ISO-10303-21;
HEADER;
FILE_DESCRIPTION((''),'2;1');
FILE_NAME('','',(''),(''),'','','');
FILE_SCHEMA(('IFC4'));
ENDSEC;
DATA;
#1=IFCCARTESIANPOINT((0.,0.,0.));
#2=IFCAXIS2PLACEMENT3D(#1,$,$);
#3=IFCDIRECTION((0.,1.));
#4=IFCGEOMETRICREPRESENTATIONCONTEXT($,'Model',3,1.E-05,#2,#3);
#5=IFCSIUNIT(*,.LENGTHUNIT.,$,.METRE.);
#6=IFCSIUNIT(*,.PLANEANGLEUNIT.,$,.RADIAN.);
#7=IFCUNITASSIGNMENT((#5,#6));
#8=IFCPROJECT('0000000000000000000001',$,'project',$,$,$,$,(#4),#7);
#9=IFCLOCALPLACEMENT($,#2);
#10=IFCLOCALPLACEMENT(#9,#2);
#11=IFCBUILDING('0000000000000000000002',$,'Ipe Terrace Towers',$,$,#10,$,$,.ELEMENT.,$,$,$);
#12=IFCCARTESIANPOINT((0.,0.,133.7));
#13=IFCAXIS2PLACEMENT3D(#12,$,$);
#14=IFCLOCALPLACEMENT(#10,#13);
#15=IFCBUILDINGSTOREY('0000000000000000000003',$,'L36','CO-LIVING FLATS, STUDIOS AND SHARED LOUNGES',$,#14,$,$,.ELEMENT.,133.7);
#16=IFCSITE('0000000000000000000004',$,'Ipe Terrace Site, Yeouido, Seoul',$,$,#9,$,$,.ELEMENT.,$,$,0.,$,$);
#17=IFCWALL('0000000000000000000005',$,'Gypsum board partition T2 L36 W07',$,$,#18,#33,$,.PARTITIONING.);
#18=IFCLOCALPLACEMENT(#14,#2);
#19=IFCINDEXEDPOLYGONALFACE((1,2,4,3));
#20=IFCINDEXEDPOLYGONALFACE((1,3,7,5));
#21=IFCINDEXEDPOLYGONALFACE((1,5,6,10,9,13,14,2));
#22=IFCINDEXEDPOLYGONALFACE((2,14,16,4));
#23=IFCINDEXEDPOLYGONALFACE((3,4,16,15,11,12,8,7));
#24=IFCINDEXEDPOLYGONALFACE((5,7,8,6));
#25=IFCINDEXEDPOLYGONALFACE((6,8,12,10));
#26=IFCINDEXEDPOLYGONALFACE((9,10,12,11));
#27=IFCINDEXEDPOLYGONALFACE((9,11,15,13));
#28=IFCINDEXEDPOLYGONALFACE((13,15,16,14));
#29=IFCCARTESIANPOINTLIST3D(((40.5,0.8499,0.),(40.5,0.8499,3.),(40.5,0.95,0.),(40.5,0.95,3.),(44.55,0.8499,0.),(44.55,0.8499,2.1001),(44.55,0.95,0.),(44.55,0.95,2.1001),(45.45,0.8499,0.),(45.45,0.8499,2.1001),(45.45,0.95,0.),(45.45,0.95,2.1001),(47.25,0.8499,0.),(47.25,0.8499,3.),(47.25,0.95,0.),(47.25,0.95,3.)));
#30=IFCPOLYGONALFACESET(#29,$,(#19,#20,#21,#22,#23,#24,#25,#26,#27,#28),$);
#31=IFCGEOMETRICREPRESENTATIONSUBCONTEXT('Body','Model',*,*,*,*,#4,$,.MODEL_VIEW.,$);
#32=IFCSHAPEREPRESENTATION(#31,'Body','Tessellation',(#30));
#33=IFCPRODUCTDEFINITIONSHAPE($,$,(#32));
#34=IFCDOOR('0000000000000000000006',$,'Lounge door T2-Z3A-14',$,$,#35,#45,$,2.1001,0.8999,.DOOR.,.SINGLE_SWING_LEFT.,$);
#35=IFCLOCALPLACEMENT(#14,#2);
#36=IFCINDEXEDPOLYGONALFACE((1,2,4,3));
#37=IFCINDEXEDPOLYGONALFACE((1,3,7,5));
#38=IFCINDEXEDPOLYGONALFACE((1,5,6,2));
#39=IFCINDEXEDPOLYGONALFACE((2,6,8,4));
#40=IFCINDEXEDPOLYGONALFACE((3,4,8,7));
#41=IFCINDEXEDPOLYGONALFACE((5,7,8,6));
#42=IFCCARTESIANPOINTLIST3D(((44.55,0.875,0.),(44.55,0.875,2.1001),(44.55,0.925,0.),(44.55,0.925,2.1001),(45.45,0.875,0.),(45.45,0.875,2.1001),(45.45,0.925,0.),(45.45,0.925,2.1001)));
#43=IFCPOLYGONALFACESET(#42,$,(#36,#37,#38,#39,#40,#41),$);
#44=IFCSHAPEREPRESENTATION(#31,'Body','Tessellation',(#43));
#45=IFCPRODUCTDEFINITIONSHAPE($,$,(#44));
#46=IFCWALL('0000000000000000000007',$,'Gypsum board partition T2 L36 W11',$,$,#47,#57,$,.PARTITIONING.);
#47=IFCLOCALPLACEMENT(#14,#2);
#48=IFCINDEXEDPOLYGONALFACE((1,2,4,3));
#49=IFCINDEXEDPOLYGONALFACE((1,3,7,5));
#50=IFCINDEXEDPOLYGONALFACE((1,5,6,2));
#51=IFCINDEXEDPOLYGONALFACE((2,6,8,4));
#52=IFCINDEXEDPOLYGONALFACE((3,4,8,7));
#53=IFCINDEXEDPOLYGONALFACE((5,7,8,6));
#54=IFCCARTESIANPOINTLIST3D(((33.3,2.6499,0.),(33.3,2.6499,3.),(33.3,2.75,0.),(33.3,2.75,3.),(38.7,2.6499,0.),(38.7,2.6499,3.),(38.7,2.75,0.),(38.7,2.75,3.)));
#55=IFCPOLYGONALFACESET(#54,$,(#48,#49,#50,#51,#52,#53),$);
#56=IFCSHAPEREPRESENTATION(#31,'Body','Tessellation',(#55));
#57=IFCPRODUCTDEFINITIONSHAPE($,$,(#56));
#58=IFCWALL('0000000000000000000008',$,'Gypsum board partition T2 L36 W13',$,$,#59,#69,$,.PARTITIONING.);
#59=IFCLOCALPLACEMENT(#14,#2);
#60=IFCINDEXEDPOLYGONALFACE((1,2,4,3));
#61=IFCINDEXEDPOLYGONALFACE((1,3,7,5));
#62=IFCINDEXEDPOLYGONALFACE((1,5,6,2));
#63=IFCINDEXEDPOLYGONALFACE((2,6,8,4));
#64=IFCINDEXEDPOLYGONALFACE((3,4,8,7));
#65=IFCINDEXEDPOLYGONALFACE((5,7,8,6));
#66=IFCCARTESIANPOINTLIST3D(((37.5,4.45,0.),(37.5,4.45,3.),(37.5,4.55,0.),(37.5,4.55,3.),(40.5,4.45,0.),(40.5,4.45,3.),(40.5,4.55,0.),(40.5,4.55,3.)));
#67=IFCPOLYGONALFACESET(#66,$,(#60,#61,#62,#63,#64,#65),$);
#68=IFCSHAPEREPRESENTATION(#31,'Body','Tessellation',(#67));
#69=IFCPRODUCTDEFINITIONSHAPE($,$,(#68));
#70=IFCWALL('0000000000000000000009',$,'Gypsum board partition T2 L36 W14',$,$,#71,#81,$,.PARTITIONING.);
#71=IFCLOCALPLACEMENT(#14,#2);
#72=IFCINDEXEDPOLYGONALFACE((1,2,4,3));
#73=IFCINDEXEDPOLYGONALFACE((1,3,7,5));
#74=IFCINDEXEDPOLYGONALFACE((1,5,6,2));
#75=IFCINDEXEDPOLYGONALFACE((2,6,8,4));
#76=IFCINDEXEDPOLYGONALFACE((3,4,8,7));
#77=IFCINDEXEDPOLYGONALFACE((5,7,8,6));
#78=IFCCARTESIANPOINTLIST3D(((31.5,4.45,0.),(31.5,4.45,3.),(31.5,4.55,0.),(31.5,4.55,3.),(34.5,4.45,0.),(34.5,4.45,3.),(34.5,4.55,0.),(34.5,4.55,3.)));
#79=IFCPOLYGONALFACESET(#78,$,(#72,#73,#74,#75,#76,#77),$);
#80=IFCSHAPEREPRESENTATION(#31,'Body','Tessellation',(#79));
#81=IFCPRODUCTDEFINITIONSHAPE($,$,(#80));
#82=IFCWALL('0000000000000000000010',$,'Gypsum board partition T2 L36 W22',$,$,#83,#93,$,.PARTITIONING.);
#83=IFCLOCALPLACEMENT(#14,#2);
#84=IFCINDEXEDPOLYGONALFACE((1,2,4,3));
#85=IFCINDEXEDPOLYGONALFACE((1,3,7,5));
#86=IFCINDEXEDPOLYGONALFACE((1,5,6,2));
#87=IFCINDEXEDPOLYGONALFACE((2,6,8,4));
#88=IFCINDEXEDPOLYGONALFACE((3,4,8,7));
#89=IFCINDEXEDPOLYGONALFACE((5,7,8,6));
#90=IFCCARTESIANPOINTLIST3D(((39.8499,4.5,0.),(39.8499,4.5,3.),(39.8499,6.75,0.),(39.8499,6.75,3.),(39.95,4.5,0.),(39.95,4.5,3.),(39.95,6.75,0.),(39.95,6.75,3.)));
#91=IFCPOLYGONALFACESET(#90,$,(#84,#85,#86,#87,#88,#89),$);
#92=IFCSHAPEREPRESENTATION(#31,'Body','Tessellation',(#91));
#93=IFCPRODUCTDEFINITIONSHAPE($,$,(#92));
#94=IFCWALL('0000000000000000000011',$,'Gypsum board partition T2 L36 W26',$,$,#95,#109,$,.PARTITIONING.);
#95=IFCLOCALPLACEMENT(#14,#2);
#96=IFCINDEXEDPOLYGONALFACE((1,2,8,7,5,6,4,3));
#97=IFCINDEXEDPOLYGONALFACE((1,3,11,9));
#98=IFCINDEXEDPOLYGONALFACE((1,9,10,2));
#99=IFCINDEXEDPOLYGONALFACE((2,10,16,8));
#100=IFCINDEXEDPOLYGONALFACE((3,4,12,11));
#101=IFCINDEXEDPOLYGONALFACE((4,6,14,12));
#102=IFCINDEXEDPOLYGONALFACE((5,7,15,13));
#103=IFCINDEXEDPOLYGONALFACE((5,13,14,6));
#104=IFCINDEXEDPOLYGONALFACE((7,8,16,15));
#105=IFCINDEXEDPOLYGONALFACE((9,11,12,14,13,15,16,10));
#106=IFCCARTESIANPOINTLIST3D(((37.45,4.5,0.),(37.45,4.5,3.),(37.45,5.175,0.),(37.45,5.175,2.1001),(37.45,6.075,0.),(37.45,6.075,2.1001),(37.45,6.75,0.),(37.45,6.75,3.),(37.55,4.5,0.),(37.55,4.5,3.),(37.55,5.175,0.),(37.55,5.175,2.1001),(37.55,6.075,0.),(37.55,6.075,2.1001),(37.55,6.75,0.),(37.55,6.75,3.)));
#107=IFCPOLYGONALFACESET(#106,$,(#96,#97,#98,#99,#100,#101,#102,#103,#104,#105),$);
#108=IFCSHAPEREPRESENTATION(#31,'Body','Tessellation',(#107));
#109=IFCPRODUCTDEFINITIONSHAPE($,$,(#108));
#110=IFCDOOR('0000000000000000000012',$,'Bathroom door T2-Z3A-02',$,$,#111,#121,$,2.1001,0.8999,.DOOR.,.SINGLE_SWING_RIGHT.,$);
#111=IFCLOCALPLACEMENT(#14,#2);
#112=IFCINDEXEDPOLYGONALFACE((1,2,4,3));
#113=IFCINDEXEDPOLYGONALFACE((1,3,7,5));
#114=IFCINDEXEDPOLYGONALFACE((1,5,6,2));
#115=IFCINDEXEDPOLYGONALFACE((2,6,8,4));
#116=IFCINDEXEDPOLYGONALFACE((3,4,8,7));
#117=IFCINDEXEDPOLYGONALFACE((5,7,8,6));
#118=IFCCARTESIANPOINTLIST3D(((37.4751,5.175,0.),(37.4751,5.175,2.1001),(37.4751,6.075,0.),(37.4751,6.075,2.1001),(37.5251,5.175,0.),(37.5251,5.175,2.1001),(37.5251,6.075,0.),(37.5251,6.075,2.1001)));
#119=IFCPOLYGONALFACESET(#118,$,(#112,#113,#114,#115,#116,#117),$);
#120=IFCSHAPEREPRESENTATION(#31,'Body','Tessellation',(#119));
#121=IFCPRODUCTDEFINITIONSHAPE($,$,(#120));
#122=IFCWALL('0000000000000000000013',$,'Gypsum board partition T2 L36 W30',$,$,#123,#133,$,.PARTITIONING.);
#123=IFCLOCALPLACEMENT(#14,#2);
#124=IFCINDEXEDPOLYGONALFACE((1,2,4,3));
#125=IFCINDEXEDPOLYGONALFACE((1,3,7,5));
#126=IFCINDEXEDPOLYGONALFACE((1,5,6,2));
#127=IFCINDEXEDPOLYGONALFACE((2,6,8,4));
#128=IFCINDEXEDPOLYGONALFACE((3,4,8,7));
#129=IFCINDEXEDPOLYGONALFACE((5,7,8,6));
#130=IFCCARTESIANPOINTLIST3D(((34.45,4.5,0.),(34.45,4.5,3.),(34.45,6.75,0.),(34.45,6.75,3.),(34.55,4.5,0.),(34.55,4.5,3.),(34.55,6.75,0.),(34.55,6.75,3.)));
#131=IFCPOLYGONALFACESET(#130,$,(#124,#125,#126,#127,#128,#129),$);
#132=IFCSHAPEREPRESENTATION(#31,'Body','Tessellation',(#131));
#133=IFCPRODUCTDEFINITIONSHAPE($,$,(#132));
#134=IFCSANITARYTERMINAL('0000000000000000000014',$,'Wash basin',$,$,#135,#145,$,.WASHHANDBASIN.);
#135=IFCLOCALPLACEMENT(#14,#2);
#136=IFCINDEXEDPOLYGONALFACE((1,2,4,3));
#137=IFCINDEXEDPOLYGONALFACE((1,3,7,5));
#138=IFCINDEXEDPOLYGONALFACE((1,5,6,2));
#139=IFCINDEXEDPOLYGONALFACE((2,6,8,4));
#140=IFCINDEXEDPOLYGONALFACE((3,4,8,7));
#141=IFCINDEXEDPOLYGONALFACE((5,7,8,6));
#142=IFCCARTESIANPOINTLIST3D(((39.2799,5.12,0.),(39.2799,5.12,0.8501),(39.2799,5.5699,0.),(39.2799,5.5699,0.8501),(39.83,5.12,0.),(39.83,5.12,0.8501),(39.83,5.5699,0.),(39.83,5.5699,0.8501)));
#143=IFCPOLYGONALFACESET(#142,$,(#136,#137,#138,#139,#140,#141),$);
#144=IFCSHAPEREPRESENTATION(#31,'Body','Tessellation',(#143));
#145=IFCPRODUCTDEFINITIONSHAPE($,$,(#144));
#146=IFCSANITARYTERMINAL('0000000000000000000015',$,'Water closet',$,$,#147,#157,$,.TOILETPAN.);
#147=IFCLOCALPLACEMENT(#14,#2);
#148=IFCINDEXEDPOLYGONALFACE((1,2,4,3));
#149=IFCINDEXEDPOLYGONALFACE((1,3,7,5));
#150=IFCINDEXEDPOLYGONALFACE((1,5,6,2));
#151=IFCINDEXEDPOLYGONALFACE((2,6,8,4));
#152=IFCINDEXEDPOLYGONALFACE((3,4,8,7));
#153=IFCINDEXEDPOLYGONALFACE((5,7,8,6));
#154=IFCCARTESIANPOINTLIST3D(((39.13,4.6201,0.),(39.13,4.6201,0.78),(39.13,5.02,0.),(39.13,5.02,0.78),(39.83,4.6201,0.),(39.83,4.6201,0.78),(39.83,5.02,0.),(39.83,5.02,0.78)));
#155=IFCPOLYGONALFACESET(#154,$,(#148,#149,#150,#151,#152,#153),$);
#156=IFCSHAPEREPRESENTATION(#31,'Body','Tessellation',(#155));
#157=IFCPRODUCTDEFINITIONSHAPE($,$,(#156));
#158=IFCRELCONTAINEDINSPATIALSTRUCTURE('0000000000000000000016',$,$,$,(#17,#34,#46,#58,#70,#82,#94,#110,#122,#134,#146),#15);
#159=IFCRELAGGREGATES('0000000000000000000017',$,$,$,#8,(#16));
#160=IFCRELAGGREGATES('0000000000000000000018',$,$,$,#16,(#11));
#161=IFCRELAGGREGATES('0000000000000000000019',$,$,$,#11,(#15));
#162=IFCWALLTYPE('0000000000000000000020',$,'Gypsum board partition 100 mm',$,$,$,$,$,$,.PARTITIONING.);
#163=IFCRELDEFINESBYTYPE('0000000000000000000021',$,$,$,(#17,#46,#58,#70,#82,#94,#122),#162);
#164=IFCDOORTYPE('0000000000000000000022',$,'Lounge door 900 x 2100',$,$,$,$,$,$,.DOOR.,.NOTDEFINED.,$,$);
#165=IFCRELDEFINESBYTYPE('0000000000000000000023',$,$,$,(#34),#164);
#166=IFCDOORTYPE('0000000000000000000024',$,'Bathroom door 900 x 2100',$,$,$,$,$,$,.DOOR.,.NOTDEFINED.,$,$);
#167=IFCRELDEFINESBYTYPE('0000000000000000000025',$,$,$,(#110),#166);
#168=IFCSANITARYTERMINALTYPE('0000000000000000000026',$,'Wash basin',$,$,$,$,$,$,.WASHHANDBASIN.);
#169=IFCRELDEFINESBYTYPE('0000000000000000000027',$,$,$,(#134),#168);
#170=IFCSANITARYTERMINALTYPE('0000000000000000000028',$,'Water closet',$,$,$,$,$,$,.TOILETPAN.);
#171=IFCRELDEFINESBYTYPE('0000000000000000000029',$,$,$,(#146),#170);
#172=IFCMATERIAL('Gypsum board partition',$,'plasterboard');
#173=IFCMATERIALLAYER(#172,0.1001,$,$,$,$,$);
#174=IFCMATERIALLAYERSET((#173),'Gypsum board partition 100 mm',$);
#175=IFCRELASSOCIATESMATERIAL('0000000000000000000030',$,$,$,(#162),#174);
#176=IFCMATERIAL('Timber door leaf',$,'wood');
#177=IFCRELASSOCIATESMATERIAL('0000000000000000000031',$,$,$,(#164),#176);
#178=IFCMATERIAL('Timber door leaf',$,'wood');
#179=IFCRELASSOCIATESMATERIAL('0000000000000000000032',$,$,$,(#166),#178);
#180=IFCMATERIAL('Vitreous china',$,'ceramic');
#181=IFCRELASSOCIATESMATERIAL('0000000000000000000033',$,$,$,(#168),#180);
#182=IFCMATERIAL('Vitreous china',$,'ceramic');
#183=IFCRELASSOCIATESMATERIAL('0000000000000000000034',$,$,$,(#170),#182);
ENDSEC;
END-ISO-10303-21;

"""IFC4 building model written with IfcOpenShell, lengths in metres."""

from ifc_helpers import new_model, si_unit, direction, frame, frame_2d, origin, origin_2d, place, context, subcontext, project, spatial, rectangle, extrude, material, layer, layer_set, type_object, element, fill, save


model = new_model("IFC4")

# Units and contexts
model_context = context("Model", 3, precision=1e-05, world=origin(), true_north=direction((0.0, 1.0)))
body_context = subcontext(model_context, "Body", "Model", "MODEL_VIEW")
ifc_project = project(units=[si_unit("LENGTHUNIT", "METRE"), si_unit("PLANEANGLEUNIT", "RADIAN")], contexts=[model_context])

# Site, building, storey
site_placement = place(None, origin())
site = spatial("IfcSite", under=ifc_project, at=site_placement, Name="Ipe Terrace Site, Yeouido, Seoul", CompositionType="ELEMENT", RefElevation=0.0)
building_placement = place(site_placement, origin())
building = spatial("IfcBuilding", under=site, at=building_placement, Name="Ipe Terrace Towers", CompositionType="ELEMENT")
storey_placement = place(building_placement, frame((0.0, 0.0, 133.7)))
storey = spatial("IfcBuildingStorey", under=building, at=storey_placement, Name="L36", Description="CO-LIVING FLATS, STUDIOS AND SHARED LOUNGES", CompositionType="ELEMENT", Elevation=133.7)

# Wall, opening, door
ifc_material_1 = material(Name="Gypsum board partition", Category="plasterboard")
ifc_layer_1 = layer(ifc_material_1, 0.1001)
ifc_layer_set_1 = layer_set([ifc_layer_1], Name="Gypsum board partition 100 mm")
wall_type_1 = type_object("IfcWallType", Name="Gypsum board partition 100 mm", PredefinedType="PARTITIONING", material=ifc_layer_set_1)
wall_1_placement = place(storey_placement, frame((47.25, 0.8999, 0.0), z_axis=(0.0, 0.0, 1.0), x_axis=(-1.0, 0.0, 0.0)))
wall_1 = element("IfcWall", 1, at=wall_1_placement, inside=storey, type_object=wall_type_1, Name="Gypsum board partition T2 L36 W07", PredefinedType="PARTITIONING", context=body_context, shape_type="SweptSolid", body=[
    extrude(rectangle(XDim=6.75, YDim=0.1001, at=frame_2d((3.375, 0.0))), origin(), (0.0, 0.0, 1.0), 3.0),
])
opening_1_placement = place(wall_1_placement, frame((1.8, 0.0, 0.0)))
opening_1 = element("IfcOpeningElement", 2, at=opening_1_placement, cuts=wall_1, PredefinedType="OPENING", context=body_context, shape_type="SweptSolid", body=[
    extrude(rectangle(XDim=0.8999, YDim=2.1001, at=frame_2d((0.45, 1.05))), frame((0.0, 0.0601, 0.0), z_axis=(0.0, -1.0, 0.0), x_axis=(1.0, 0.0, 0.0)), (0.0, 0.0, 1.0), 0.1201),
])
ifc_material_2 = material(Name="Timber door leaf", Category="wood")
door_type_1 = type_object("IfcDoorType", Name="Lounge door 900 x 2100", OperationType="NOTDEFINED", PredefinedType="DOOR", material=ifc_material_2)
door_1_placement = place(opening_1_placement, origin())
door_1 = element("IfcDoor", 3, at=door_1_placement, inside=storey, type_object=door_type_1, Name="Lounge door T2-Z3A-14", OperationType="SINGLE_SWING_LEFT", OverallHeight=2.1001, OverallWidth=0.8999, PredefinedType="DOOR", context=body_context, shape_type="SweptSolid", body=[
    extrude(rectangle(XDim=0.8999, YDim=2.1001, at=frame_2d((0.45, 1.05))), frame((0.0, 0.0249, 0.0), z_axis=(0.0, -1.0, 0.0), x_axis=(1.0, 0.0, 0.0)), (0.0, 0.0, 1.0), 0.05),
])
fill(opening_1, door_1)

# Walls
wall_2_placement = place(storey_placement, frame((38.7, 2.7, 0.0), z_axis=(0.0, 0.0, 1.0), x_axis=(-1.0, 0.0, 0.0)))
element("IfcWall", 4, at=wall_2_placement, inside=storey, type_object=wall_type_1, Name="Gypsum board partition T2 L36 W11", PredefinedType="PARTITIONING", context=body_context, shape_type="SweptSolid", body=[
    extrude(rectangle(XDim=5.3999, YDim=0.1001, at=frame_2d((2.7, 0.0))), origin(), (0.0, 0.0, 1.0), 3.0),
])
for number, where, z_axis, x_axis, name in (
    (5, (40.5, 4.5, 0.0), (0.0, 0.0, 1.0), (-1.0, 0.0, 0.0), "Gypsum board partition T2 L36 W13"),
    (6, (34.5, 4.5, 0.0), (0.0, 0.0, 1.0), (-1.0, 0.0, 0.0), "Gypsum board partition T2 L36 W14"),
):
    element("IfcWall", number, at=place(storey_placement, frame(where, z_axis=z_axis, x_axis=x_axis)), inside=storey, type_object=wall_type_1, Name=name, PredefinedType="PARTITIONING", context=body_context, shape_type="SweptSolid", body=[
        extrude(rectangle(XDim=3.0, YDim=0.1001, at=frame_2d((1.5, 0.0))), origin(), (0.0, 0.0, 1.0), 3.0),
    ])
wall_3_placement = place(storey_placement, frame((39.8999, 4.5, 0.0), z_axis=(0.0, 0.0, 1.0), x_axis=(0.0, 1.0, 0.0)))
element("IfcWall", 7, at=wall_3_placement, inside=storey, type_object=wall_type_1, Name="Gypsum board partition T2 L36 W22", PredefinedType="PARTITIONING", context=body_context, shape_type="SweptSolid", body=[
    extrude(rectangle(XDim=2.25, YDim=0.1001, at=frame_2d((1.125, 0.0))), origin(), (0.0, 0.0, 1.0), 3.0),
])

# Wall, opening, door
wall_4_placement = place(storey_placement, frame((37.5, 4.5, 0.0), z_axis=(0.0, 0.0, 1.0), x_axis=(0.0, 1.0, 0.0)))
wall_4 = element("IfcWall", 8, at=wall_4_placement, inside=storey, type_object=wall_type_1, Name="Gypsum board partition T2 L36 W26", PredefinedType="PARTITIONING", context=body_context, shape_type="SweptSolid", body=[
    extrude(rectangle(XDim=2.25, YDim=0.1001, at=frame_2d((1.125, 0.0))), origin(), (0.0, 0.0, 1.0), 3.0),
])
opening_2_placement = place(wall_4_placement, frame((0.675, 0.0, 0.0)))
opening_2 = element("IfcOpeningElement", 9, at=opening_2_placement, cuts=wall_4, PredefinedType="OPENING", context=body_context, shape_type="SweptSolid", body=[
    extrude(rectangle(XDim=0.8999, YDim=2.1001, at=frame_2d((0.45, 1.05))), frame((0.0, 0.0601, 0.0), z_axis=(0.0, -1.0, 0.0), x_axis=(1.0, 0.0, 0.0)), (0.0, 0.0, 1.0), 0.1201),
])
ifc_material_3 = material(Name="Timber door leaf", Category="wood")
door_type_2 = type_object("IfcDoorType", Name="Bathroom door 900 x 2100", OperationType="NOTDEFINED", PredefinedType="DOOR", material=ifc_material_3)
door_2_placement = place(opening_2_placement, origin())
door_2 = element("IfcDoor", 10, at=door_2_placement, inside=storey, type_object=door_type_2, Name="Bathroom door T2-Z3A-02", OperationType="SINGLE_SWING_RIGHT", OverallHeight=2.1001, OverallWidth=0.8999, PredefinedType="DOOR", context=body_context, shape_type="SweptSolid", body=[
    extrude(rectangle(XDim=0.8999, YDim=2.1001, at=frame_2d((0.45, 1.05))), frame((0.0, 0.0249, 0.0), z_axis=(0.0, -1.0, 0.0), x_axis=(1.0, 0.0, 0.0)), (0.0, 0.0, 1.0), 0.05),
])
fill(opening_2, door_2)

# Wall
wall_5_placement = place(storey_placement, frame((34.5, 4.5, 0.0), z_axis=(0.0, 0.0, 1.0), x_axis=(0.0, 1.0, 0.0)))
element("IfcWall", 11, at=wall_5_placement, inside=storey, type_object=wall_type_1, Name="Gypsum board partition T2 L36 W30", PredefinedType="PARTITIONING", context=body_context, shape_type="SweptSolid", body=[
    extrude(rectangle(XDim=2.25, YDim=0.1001, at=frame_2d((1.125, 0.0))), origin(), (0.0, 0.0, 1.0), 3.0),
])

# Sanitary terminals
ifc_material_4 = material(Name="Vitreous china", Category="ceramic")
sanitary_terminal_type_1 = type_object("IfcSanitaryTerminalType", Name="Wash basin", PredefinedType="WASHHANDBASIN", material=ifc_material_4)
sanitary_terminal_1_placement = place(storey_placement, frame((39.5549, 5.345, 0.0), z_axis=(0.0, 0.0, 1.0), x_axis=(-1.0, 0.0, 0.0)))
element("IfcSanitaryTerminal", 12, at=sanitary_terminal_1_placement, inside=storey, type_object=sanitary_terminal_type_1, Name="Wash basin", PredefinedType="WASHHANDBASIN", context=body_context, shape_type="SweptSolid", body=[
    extrude(rectangle(XDim=0.55, YDim=0.45, at=origin_2d()), origin(), (0.0, 0.0, 1.0), 0.8501),
])
ifc_material_5 = material(Name="Vitreous china", Category="ceramic")
sanitary_terminal_type_2 = type_object("IfcSanitaryTerminalType", Name="Water closet", PredefinedType="TOILETPAN", material=ifc_material_5)
sanitary_terminal_2_placement = place(storey_placement, frame((39.48, 4.8201, 0.0), z_axis=(0.0, 0.0, 1.0), x_axis=(-1.0, 0.0, 0.0)))
element("IfcSanitaryTerminal", 13, at=sanitary_terminal_2_placement, inside=storey, type_object=sanitary_terminal_type_2, Name="Water closet", PredefinedType="TOILETPAN", context=body_context, shape_type="SweptSolid", body=[
    extrude(rectangle(XDim=0.7, YDim=0.3999, at=origin_2d()), origin(), (0.0, 0.0, 1.0), 0.78),
])

save(model, "model.ifc")
